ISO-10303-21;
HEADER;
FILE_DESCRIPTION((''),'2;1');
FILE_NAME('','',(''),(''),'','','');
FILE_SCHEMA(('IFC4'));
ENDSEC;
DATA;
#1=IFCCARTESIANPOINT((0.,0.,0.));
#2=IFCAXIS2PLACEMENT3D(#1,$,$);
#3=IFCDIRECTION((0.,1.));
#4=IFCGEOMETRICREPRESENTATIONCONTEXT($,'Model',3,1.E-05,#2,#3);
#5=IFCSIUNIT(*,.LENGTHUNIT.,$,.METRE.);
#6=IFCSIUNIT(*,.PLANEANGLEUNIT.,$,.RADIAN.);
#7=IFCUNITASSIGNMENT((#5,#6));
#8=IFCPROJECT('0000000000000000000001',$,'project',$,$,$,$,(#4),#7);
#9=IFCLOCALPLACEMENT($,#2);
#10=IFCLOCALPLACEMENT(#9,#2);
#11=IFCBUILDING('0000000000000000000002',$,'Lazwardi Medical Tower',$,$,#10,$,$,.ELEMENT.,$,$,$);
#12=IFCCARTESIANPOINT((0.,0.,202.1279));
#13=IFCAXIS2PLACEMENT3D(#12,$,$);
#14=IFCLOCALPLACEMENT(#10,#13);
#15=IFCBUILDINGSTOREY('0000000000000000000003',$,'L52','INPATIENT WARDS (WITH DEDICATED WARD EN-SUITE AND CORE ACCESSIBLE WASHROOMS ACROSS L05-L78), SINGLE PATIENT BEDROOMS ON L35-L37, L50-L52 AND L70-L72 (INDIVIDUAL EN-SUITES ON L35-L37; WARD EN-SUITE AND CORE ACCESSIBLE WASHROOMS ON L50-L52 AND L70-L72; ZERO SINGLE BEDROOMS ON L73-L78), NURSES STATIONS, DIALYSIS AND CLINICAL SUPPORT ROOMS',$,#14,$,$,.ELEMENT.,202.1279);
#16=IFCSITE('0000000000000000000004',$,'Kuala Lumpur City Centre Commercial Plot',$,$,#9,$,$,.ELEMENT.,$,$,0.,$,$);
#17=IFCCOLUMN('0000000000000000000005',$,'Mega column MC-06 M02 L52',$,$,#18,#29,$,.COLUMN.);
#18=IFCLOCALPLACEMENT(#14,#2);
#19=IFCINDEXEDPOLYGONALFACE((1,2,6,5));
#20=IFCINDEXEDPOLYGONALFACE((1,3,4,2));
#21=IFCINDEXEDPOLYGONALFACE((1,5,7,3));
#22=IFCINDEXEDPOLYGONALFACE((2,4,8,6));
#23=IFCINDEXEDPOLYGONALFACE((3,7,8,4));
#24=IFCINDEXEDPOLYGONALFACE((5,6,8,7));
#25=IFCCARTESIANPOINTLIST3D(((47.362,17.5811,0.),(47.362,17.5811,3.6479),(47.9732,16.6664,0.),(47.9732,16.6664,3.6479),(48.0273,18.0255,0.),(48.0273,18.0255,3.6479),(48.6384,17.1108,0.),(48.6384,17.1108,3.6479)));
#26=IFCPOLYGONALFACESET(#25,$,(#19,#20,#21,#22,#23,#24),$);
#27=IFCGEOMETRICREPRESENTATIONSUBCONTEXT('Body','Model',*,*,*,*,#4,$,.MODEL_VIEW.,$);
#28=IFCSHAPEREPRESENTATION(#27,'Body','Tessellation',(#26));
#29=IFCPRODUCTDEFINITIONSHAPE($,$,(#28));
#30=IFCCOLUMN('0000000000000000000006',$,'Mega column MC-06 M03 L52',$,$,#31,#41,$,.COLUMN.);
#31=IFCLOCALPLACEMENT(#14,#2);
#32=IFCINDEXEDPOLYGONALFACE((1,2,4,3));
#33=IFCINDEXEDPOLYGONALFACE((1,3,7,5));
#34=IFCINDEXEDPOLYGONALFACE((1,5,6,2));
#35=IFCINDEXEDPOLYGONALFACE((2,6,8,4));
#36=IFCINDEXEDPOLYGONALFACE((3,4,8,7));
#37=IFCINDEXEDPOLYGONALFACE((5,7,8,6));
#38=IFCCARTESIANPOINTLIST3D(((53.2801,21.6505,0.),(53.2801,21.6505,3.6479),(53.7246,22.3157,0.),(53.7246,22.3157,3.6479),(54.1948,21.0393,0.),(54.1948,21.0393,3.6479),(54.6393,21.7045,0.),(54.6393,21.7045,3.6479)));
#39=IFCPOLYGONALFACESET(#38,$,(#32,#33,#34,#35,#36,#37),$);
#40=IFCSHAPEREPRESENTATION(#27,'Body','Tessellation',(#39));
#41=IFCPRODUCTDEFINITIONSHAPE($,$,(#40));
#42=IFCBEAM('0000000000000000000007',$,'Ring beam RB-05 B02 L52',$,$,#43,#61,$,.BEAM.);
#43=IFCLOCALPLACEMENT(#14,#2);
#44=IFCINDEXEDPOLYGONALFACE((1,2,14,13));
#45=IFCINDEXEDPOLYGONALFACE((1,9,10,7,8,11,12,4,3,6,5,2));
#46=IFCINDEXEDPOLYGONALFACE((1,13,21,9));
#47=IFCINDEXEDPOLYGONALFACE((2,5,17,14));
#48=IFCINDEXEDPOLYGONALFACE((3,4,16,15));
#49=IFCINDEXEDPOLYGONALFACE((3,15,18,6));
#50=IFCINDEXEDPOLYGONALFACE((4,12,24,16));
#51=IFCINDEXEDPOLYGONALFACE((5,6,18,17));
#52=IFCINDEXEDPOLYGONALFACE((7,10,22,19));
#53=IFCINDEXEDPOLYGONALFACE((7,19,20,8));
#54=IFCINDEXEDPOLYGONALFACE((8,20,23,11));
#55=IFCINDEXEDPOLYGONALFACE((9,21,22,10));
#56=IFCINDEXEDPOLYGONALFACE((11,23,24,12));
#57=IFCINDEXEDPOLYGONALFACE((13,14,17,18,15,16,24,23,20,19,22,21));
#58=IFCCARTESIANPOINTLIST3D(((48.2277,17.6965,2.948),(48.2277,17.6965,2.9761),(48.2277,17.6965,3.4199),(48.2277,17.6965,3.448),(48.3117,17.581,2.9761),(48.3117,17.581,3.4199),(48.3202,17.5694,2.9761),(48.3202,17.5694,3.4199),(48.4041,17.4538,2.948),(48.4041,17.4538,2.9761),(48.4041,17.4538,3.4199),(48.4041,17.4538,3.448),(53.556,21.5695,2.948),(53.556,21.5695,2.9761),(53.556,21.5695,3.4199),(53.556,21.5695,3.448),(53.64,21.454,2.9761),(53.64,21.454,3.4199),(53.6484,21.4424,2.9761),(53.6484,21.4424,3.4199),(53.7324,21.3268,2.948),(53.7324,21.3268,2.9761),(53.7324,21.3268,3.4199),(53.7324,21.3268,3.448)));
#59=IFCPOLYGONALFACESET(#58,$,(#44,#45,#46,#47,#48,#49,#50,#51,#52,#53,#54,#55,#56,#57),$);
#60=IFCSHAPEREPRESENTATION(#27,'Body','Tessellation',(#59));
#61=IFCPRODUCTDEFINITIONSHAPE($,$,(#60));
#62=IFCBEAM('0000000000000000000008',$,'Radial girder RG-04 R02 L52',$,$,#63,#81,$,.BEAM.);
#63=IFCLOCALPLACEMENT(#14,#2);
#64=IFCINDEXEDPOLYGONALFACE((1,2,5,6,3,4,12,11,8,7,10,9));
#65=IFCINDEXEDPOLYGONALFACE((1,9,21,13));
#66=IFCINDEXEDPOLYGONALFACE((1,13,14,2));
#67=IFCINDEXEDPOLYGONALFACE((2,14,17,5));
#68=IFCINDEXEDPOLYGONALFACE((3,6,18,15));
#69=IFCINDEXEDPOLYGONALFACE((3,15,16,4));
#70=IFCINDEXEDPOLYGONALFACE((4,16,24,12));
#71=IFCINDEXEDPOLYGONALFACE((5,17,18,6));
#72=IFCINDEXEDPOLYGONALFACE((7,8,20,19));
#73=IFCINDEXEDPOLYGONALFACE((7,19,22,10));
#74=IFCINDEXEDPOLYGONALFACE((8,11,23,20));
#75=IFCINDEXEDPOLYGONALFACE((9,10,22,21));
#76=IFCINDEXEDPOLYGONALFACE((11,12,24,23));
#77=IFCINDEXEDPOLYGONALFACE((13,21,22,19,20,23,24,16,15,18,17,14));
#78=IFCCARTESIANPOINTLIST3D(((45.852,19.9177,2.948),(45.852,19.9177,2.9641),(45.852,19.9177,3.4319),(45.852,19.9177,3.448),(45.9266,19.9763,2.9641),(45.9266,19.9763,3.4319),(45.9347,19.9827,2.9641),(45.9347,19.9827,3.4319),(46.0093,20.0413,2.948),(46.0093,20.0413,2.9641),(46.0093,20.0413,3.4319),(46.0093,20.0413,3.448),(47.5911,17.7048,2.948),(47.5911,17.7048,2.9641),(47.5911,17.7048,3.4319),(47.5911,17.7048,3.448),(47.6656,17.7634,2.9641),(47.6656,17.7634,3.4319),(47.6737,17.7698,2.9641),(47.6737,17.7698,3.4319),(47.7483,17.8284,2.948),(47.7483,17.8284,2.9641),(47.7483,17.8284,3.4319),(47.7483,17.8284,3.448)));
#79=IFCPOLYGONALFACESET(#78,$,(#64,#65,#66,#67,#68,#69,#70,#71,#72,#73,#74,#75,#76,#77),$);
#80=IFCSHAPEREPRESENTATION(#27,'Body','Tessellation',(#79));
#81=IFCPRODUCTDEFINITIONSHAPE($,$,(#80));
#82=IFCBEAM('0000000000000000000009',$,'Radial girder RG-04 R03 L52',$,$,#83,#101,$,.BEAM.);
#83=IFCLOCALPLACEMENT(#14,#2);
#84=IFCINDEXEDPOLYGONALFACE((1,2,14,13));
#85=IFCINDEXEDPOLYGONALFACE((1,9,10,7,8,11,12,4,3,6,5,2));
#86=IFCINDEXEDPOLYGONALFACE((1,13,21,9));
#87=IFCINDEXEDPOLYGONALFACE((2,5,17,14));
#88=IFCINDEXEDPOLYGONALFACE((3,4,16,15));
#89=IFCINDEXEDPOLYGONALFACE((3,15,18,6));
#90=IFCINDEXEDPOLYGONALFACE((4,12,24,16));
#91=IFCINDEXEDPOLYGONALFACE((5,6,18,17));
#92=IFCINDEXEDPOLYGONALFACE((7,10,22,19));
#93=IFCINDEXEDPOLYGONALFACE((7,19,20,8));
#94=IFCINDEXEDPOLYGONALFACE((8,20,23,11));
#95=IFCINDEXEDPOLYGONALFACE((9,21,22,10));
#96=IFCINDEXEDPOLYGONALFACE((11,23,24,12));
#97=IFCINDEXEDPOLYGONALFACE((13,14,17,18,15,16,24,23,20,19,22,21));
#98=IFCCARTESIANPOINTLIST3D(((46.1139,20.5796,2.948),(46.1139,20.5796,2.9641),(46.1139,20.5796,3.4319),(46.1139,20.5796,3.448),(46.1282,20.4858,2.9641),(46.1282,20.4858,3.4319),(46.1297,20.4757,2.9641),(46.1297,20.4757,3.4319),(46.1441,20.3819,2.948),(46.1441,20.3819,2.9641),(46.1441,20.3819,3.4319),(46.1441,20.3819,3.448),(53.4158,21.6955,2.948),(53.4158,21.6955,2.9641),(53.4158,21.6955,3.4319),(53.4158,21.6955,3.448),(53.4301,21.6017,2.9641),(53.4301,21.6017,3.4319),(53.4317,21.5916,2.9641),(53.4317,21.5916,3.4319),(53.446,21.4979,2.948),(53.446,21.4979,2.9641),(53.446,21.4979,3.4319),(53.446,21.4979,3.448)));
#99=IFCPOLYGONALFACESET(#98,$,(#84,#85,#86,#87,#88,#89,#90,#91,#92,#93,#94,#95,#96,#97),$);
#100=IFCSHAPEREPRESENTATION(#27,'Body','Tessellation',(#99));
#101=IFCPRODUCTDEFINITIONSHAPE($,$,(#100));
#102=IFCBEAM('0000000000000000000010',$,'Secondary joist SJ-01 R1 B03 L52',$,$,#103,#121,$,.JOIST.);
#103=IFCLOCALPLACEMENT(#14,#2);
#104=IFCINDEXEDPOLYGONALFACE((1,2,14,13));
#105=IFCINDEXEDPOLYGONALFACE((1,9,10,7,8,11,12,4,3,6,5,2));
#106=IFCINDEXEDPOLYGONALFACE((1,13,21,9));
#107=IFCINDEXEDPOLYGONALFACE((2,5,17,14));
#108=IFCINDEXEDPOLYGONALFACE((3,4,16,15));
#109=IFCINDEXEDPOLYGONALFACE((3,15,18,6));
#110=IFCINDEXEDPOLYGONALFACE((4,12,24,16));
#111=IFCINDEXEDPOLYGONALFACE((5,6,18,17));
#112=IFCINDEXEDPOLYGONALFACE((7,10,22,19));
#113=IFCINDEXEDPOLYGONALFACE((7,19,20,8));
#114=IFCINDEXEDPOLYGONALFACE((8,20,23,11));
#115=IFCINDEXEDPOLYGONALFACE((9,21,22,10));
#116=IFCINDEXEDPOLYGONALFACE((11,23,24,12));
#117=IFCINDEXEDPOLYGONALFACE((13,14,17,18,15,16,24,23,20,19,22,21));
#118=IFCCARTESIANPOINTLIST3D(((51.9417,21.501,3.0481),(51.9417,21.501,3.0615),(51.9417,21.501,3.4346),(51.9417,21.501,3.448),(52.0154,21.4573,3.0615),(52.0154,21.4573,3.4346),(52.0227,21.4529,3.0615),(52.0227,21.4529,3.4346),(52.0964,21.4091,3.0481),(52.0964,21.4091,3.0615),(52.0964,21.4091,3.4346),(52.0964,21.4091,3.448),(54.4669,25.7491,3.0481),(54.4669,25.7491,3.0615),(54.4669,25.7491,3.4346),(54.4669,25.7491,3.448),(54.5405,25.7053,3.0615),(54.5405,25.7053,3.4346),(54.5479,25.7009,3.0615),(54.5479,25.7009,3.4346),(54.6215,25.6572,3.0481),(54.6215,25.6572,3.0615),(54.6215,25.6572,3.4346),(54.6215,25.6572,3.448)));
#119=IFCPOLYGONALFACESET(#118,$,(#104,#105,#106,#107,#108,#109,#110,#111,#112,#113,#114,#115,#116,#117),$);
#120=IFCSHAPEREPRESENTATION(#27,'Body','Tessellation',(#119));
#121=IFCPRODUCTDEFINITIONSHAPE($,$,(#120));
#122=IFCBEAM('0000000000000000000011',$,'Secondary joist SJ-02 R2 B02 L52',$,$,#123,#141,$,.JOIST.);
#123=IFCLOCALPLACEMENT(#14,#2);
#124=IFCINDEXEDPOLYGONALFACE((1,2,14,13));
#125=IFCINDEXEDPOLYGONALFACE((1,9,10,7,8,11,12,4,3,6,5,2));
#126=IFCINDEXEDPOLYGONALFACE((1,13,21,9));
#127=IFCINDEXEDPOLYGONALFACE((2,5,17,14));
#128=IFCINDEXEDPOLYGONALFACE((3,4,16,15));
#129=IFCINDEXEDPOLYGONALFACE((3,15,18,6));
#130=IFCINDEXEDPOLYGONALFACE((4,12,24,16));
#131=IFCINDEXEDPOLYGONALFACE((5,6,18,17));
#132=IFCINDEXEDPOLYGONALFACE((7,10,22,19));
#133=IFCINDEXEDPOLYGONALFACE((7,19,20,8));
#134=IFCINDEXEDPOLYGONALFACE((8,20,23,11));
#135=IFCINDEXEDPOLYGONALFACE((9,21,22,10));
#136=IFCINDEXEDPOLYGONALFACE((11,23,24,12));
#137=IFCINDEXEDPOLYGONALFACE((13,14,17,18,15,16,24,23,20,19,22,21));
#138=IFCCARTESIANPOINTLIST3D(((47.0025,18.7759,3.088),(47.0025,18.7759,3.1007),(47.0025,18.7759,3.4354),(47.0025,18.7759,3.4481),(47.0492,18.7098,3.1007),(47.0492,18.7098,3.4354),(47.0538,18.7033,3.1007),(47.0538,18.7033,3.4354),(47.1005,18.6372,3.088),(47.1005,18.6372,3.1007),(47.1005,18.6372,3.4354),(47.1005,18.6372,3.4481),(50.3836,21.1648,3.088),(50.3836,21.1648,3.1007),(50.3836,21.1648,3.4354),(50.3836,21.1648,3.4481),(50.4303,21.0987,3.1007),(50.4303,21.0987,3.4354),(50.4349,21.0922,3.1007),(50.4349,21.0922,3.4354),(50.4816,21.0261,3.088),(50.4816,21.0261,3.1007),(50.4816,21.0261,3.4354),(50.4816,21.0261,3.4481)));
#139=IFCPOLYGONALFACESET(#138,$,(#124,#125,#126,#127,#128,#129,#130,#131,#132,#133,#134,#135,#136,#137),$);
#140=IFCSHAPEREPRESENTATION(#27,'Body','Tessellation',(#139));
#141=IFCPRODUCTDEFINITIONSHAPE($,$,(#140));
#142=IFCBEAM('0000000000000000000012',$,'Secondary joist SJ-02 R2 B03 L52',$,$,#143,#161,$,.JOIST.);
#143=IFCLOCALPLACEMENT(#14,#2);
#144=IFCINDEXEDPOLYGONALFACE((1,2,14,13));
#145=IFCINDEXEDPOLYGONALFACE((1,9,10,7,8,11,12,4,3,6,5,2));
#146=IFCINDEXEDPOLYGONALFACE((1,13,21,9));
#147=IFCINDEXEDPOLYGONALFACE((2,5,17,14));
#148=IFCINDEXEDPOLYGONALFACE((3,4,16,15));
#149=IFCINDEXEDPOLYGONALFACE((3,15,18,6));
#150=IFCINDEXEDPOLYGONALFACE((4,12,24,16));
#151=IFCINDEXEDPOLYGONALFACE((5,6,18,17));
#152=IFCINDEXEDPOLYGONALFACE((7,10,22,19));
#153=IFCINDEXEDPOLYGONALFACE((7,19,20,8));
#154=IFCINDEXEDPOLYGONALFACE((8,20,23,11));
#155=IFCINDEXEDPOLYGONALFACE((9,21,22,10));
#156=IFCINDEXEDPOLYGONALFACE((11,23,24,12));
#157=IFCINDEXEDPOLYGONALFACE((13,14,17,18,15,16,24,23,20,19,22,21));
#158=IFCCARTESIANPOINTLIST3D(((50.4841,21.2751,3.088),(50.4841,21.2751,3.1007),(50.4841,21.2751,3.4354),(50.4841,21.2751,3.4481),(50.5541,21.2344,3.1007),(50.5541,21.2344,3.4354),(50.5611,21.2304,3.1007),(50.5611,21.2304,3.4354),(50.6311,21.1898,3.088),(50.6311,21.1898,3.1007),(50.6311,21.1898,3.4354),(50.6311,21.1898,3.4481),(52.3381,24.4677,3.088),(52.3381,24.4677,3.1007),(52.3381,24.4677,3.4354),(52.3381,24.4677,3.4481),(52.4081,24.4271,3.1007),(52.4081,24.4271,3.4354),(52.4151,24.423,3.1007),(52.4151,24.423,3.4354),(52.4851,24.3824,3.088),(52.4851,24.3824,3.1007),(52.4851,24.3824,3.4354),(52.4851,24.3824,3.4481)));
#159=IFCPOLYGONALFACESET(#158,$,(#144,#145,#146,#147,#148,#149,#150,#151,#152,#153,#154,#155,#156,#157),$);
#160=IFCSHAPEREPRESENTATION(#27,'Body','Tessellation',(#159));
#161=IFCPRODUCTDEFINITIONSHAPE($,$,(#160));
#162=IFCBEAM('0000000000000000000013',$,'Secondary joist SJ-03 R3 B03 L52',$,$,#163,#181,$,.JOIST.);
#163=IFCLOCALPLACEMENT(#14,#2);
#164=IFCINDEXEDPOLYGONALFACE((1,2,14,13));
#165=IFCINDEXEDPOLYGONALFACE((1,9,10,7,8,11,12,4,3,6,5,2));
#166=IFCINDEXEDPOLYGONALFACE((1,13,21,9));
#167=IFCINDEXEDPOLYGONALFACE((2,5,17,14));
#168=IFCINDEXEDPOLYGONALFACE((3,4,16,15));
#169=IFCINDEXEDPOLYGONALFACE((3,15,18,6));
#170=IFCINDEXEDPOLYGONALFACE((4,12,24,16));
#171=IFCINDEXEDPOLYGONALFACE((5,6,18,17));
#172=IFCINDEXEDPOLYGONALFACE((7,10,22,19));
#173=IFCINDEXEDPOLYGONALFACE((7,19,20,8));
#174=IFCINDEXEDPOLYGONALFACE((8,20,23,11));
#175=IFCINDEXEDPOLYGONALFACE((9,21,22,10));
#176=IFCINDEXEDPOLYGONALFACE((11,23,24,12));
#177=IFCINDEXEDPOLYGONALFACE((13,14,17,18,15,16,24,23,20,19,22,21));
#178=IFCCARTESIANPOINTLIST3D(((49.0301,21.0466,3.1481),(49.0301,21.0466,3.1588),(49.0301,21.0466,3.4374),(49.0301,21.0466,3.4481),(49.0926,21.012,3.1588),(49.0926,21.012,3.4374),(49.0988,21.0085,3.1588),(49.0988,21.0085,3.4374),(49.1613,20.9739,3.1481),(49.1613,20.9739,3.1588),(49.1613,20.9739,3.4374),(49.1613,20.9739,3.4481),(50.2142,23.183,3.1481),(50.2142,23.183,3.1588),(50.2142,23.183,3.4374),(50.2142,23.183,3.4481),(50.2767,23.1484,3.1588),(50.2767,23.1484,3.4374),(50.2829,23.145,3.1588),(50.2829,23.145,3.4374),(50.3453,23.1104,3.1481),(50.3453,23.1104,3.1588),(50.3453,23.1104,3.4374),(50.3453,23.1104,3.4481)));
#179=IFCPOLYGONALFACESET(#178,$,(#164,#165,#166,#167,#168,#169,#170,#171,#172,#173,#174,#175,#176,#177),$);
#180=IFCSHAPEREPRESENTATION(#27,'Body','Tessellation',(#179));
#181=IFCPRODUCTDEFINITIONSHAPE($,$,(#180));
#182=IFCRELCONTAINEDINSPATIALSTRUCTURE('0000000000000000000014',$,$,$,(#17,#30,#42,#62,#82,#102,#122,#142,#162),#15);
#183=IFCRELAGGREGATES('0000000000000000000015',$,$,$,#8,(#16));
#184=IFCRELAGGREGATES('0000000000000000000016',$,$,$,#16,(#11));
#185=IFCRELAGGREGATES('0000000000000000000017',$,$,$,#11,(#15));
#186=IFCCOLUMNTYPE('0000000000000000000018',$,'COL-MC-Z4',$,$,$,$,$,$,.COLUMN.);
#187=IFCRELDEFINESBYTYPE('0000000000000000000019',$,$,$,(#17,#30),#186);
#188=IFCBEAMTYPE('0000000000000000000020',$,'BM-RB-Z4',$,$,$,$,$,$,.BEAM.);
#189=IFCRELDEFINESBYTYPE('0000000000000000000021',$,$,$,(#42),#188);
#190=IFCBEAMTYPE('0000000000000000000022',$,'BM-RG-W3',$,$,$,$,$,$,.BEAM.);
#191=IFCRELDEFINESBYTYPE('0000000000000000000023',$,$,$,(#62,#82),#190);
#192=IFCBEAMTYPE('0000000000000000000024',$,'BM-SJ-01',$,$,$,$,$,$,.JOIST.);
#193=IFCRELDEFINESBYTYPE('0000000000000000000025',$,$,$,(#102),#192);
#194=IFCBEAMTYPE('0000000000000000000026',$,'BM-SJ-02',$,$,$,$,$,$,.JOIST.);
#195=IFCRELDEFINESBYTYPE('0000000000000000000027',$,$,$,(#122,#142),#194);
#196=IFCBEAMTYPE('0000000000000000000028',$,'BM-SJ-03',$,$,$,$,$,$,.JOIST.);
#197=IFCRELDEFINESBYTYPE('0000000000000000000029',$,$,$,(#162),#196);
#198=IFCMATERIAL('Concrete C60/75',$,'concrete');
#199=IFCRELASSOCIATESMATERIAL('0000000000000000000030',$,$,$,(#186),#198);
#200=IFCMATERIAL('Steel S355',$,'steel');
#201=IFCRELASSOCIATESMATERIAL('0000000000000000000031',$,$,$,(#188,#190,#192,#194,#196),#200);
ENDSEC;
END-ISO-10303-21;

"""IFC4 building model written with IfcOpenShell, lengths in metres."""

from ifc_helpers import new_model, si_unit, direction, frame, origin, origin_2d, place, context, subcontext, project, spatial, rectangle, i_section, extrude, material, material_profile, profile_set, type_object, element, save


model = new_model("IFC4")

# Units and contexts
model_context = context("Model", 3, precision=1e-05, world=origin(), true_north=direction((0.0, 1.0)))
body_context = subcontext(model_context, "Body", "Model", "MODEL_VIEW")
ifc_project = project(units=[si_unit("LENGTHUNIT", "METRE"), si_unit("PLANEANGLEUNIT", "RADIAN")], contexts=[model_context])

# Site, building, storey
site_placement = place(None, origin())
site = spatial("IfcSite", under=ifc_project, at=site_placement, Name="Kuala Lumpur City Centre Commercial Plot", CompositionType="ELEMENT", RefElevation=0.0)
building_placement = place(site_placement, origin())
building = spatial("IfcBuilding", under=site, at=building_placement, Name="Lazwardi Medical Tower", CompositionType="ELEMENT")
storey_placement = place(building_placement, frame((0.0, 0.0, 202.1279)))
storey = spatial("IfcBuildingStorey", under=building, at=storey_placement, Name="L52", Description="INPATIENT WARDS (WITH DEDICATED WARD EN-SUITE AND CORE ACCESSIBLE WASHROOMS ACROSS L05-L78), SINGLE PATIENT BEDROOMS ON L35-L37, L50-L52 AND L70-L72 (INDIVIDUAL EN-SUITES ON L35-L37; WARD EN-SUITE AND CORE ACCESSIBLE WASHROOMS ON L50-L52 AND L70-L72; ZERO SINGLE BEDROOMS ON L73-L78), NURSES STATIONS, DIALYSIS AND CLINICAL SUPPORT ROOMS", CompositionType="ELEMENT", Elevation=202.1279)

# Columns
ifc_material_1 = material(Name="Concrete C60/75", Category="concrete")
ifc_material_profile_1 = material_profile(ifc_material_1, rectangle(XDim=1.1001, YDim=0.8, at=origin_2d()), Name="CFT-RECT 1100x800")
ifc_profile_set_1 = profile_set([ifc_material_profile_1], Name="Concrete C60/75")
column_type = type_object("IfcColumnType", Name="COL-MC-Z4", PredefinedType="COLUMN", material=ifc_profile_set_1)
for number, where, z_axis, x_axis, name in (
    (1, (48.0002, 17.3459, 0.0), (0.0, 0.0, 1.0), (0.55557, -0.83147, 0.0), "Mega column MC-06 M02 L52"),
    (2, (53.9597, 21.6775, 0.0), (0.0, 0.0, 1.0), (0.83147, -0.55557, 0.0), "Mega column MC-06 M03 L52"),
):
    element("IfcColumn", number, at=place(storey_placement, frame(where, z_axis=z_axis, x_axis=x_axis)), inside=storey, type_object=column_type, Name=name, PredefinedType="COLUMN", context=body_context, shape_type="SweptSolid", body=[
        extrude(rectangle(XDim=1.1001, YDim=0.8, at=origin_2d()), origin(), (0.0, 0.0, 1.0), 3.6479),
    ])

# Beams
ifc_material_2 = material(Name="Steel S355", Category="steel")
ifc_material_profile_2 = material_profile(ifc_material_2, i_section(OverallWidth=0.3, OverallDepth=0.5, WebThickness=0.0144, FlangeThickness=0.0281, at=origin_2d()), Name="HEB 500")
ifc_profile_set_2 = profile_set([ifc_material_profile_2], Name="Steel S355")
beam_type_1 = type_object("IfcBeamType", Name="BM-RB-Z4", PredefinedType="BEAM", material=ifc_profile_set_2)
beam_1_placement = place(storey_placement, frame((48.3159, 17.5752, 3.198), z_axis=(0.80889, 0.58796, 0.0), x_axis=(-0.58796, 0.80889, 0.0)))
element("IfcBeam", 3, at=beam_1_placement, inside=storey, type_object=beam_type_1, Name="Ring beam RB-05 B02 L52", PredefinedType="BEAM", context=body_context, shape_type="SweptSolid", body=[
    extrude(i_section(OverallWidth=0.3, OverallDepth=0.5, WebThickness=0.0144, FlangeThickness=0.0281, at=origin_2d()), origin(), (0.0, 0.0, 1.0), 6.5872),
])
ifc_material_profile_3 = material_profile(ifc_material_2, i_section(OverallWidth=0.2, OverallDepth=0.5, WebThickness=0.0103, FlangeThickness=0.0161, at=origin_2d()), Name="IPE 500")
ifc_profile_set_3 = profile_set([ifc_material_profile_3], Name="Steel S355")
beam_type_2 = type_object("IfcBeamType", Name="BM-RG-W3", PredefinedType="BEAM", material=ifc_profile_set_3)
beam_2_placement = place(storey_placement, frame((47.6697, 17.7666, 3.198), z_axis=(-0.617891, 0.786264, 0.0), x_axis=(-0.786264, -0.617891, 0.0)))
element("IfcBeam", 4, at=beam_2_placement, inside=storey, type_object=beam_type_2, Name="Radial girder RG-04 R02 L52", PredefinedType="BEAM", context=body_context, shape_type="SweptSolid", body=[
    extrude(i_section(OverallWidth=0.2, OverallDepth=0.5, WebThickness=0.0103, FlangeThickness=0.0161, at=origin_2d()), origin(), (0.0, 0.0, 1.0), 2.8145),
])
beam_3_placement = place(storey_placement, frame((53.4309, 21.5967, 3.198), z_axis=(-0.988522, -0.151076, 0.0), x_axis=(0.151076, -0.988522, 0.0)))
element("IfcBeam", 5, at=beam_3_placement, inside=storey, type_object=beam_type_2, Name="Radial girder RG-04 R03 L52", PredefinedType="BEAM", context=body_context, shape_type="SweptSolid", body=[
    extrude(i_section(OverallWidth=0.2, OverallDepth=0.5, WebThickness=0.0103, FlangeThickness=0.0161, at=origin_2d()), origin(), (0.0, 0.0, 1.0), 7.3867),
])
ifc_material_profile_4 = material_profile(ifc_material_2, i_section(OverallWidth=0.1799, OverallDepth=0.3999, WebThickness=0.0085, FlangeThickness=0.0134, at=origin_2d()), Name="IPE 400")
ifc_profile_set_4 = profile_set([ifc_material_profile_4], Name="Steel S355")
beam_type_3 = type_object("IfcBeamType", Name="BM-SJ-01", PredefinedType="JOIST", material=ifc_profile_set_4)
beam_4_placement = place(storey_placement, frame((52.019, 21.4551, 3.248), z_axis=(0.510968, 0.8596, 0.0), x_axis=(-0.8596, 0.510968, 0.0)))
element("IfcBeam", 6, at=beam_4_placement, inside=storey, type_object=beam_type_3, Name="Secondary joist SJ-01 R1 B03 L52", PredefinedType="JOIST", context=body_context, shape_type="SweptSolid", body=[
    extrude(i_section(OverallWidth=0.1799, OverallDepth=0.3999, WebThickness=0.0085, FlangeThickness=0.0134, at=origin_2d()), origin(), (0.0, 0.0, 1.0), 4.9419),
])
ifc_material_profile_5 = material_profile(ifc_material_2, i_section(OverallWidth=0.1699, OverallDepth=0.3601, WebThickness=0.0081, FlangeThickness=0.0127, at=origin_2d()), Name="IPE 360")
ifc_profile_set_5 = profile_set([ifc_material_profile_5], Name="Steel S355")
beam_type_4 = type_object("IfcBeamType", Name="BM-SJ-02", PredefinedType="JOIST", material=ifc_profile_set_5)
beam_5_placement = place(storey_placement, frame((47.0515, 18.7065, 3.2681), z_axis=(0.816711, 0.577047, 0.0), x_axis=(-0.577047, 0.816711, 0.0)))
element("IfcBeam", 7, at=beam_5_placement, inside=storey, type_object=beam_type_4, Name="Secondary joist SJ-02 R2 B02 L52", PredefinedType="JOIST", context=body_context, shape_type="SweptSolid", body=[
    extrude(i_section(OverallWidth=0.1699, OverallDepth=0.3601, WebThickness=0.0081, FlangeThickness=0.0127, at=origin_2d()), origin(), (0.0, 0.0, 1.0), 4.1399),
])
beam_6_placement = place(storey_placement, frame((50.5576, 21.2324, 3.2681), z_axis=(0.50218, 0.864763, 0.0), x_axis=(-0.864763, 0.50218, 0.0)))
element("IfcBeam", 8, at=beam_6_placement, inside=storey, type_object=beam_type_4, Name="Secondary joist SJ-02 R2 B03 L52", PredefinedType="JOIST", context=body_context, shape_type="SweptSolid", body=[
    extrude(i_section(OverallWidth=0.1699, OverallDepth=0.3601, WebThickness=0.0081, FlangeThickness=0.0127, at=origin_2d()), origin(), (0.0, 0.0, 1.0), 3.6919),
])
ifc_material_profile_6 = material_profile(ifc_material_2, i_section(OverallWidth=0.1499, OverallDepth=0.3, WebThickness=0.0071, FlangeThickness=0.0107, at=origin_2d()), Name="IPE 300")
ifc_profile_set_6 = profile_set([ifc_material_profile_6], Name="Steel S355")
beam_type_5 = type_object("IfcBeamType", Name="BM-SJ-03", PredefinedType="JOIST", material=ifc_profile_set_6)
beam_7_placement = place(storey_placement, frame((49.0957, 21.0103, 3.2981), z_axis=(0.484752, 0.874652, 0.0), x_axis=(-0.874652, 0.484752, 0.0)))
element("IfcBeam", 9, at=beam_7_placement, inside=storey, type_object=beam_type_5, Name="Secondary joist SJ-03 R3 B03 L52", PredefinedType="JOIST", context=body_context, shape_type="SweptSolid", body=[
    extrude(i_section(OverallWidth=0.1499, OverallDepth=0.3, WebThickness=0.0071, FlangeThickness=0.0107, at=origin_2d()), origin(), (0.0, 0.0, 1.0), 2.4426),
])

save(model, "model.ifc")
